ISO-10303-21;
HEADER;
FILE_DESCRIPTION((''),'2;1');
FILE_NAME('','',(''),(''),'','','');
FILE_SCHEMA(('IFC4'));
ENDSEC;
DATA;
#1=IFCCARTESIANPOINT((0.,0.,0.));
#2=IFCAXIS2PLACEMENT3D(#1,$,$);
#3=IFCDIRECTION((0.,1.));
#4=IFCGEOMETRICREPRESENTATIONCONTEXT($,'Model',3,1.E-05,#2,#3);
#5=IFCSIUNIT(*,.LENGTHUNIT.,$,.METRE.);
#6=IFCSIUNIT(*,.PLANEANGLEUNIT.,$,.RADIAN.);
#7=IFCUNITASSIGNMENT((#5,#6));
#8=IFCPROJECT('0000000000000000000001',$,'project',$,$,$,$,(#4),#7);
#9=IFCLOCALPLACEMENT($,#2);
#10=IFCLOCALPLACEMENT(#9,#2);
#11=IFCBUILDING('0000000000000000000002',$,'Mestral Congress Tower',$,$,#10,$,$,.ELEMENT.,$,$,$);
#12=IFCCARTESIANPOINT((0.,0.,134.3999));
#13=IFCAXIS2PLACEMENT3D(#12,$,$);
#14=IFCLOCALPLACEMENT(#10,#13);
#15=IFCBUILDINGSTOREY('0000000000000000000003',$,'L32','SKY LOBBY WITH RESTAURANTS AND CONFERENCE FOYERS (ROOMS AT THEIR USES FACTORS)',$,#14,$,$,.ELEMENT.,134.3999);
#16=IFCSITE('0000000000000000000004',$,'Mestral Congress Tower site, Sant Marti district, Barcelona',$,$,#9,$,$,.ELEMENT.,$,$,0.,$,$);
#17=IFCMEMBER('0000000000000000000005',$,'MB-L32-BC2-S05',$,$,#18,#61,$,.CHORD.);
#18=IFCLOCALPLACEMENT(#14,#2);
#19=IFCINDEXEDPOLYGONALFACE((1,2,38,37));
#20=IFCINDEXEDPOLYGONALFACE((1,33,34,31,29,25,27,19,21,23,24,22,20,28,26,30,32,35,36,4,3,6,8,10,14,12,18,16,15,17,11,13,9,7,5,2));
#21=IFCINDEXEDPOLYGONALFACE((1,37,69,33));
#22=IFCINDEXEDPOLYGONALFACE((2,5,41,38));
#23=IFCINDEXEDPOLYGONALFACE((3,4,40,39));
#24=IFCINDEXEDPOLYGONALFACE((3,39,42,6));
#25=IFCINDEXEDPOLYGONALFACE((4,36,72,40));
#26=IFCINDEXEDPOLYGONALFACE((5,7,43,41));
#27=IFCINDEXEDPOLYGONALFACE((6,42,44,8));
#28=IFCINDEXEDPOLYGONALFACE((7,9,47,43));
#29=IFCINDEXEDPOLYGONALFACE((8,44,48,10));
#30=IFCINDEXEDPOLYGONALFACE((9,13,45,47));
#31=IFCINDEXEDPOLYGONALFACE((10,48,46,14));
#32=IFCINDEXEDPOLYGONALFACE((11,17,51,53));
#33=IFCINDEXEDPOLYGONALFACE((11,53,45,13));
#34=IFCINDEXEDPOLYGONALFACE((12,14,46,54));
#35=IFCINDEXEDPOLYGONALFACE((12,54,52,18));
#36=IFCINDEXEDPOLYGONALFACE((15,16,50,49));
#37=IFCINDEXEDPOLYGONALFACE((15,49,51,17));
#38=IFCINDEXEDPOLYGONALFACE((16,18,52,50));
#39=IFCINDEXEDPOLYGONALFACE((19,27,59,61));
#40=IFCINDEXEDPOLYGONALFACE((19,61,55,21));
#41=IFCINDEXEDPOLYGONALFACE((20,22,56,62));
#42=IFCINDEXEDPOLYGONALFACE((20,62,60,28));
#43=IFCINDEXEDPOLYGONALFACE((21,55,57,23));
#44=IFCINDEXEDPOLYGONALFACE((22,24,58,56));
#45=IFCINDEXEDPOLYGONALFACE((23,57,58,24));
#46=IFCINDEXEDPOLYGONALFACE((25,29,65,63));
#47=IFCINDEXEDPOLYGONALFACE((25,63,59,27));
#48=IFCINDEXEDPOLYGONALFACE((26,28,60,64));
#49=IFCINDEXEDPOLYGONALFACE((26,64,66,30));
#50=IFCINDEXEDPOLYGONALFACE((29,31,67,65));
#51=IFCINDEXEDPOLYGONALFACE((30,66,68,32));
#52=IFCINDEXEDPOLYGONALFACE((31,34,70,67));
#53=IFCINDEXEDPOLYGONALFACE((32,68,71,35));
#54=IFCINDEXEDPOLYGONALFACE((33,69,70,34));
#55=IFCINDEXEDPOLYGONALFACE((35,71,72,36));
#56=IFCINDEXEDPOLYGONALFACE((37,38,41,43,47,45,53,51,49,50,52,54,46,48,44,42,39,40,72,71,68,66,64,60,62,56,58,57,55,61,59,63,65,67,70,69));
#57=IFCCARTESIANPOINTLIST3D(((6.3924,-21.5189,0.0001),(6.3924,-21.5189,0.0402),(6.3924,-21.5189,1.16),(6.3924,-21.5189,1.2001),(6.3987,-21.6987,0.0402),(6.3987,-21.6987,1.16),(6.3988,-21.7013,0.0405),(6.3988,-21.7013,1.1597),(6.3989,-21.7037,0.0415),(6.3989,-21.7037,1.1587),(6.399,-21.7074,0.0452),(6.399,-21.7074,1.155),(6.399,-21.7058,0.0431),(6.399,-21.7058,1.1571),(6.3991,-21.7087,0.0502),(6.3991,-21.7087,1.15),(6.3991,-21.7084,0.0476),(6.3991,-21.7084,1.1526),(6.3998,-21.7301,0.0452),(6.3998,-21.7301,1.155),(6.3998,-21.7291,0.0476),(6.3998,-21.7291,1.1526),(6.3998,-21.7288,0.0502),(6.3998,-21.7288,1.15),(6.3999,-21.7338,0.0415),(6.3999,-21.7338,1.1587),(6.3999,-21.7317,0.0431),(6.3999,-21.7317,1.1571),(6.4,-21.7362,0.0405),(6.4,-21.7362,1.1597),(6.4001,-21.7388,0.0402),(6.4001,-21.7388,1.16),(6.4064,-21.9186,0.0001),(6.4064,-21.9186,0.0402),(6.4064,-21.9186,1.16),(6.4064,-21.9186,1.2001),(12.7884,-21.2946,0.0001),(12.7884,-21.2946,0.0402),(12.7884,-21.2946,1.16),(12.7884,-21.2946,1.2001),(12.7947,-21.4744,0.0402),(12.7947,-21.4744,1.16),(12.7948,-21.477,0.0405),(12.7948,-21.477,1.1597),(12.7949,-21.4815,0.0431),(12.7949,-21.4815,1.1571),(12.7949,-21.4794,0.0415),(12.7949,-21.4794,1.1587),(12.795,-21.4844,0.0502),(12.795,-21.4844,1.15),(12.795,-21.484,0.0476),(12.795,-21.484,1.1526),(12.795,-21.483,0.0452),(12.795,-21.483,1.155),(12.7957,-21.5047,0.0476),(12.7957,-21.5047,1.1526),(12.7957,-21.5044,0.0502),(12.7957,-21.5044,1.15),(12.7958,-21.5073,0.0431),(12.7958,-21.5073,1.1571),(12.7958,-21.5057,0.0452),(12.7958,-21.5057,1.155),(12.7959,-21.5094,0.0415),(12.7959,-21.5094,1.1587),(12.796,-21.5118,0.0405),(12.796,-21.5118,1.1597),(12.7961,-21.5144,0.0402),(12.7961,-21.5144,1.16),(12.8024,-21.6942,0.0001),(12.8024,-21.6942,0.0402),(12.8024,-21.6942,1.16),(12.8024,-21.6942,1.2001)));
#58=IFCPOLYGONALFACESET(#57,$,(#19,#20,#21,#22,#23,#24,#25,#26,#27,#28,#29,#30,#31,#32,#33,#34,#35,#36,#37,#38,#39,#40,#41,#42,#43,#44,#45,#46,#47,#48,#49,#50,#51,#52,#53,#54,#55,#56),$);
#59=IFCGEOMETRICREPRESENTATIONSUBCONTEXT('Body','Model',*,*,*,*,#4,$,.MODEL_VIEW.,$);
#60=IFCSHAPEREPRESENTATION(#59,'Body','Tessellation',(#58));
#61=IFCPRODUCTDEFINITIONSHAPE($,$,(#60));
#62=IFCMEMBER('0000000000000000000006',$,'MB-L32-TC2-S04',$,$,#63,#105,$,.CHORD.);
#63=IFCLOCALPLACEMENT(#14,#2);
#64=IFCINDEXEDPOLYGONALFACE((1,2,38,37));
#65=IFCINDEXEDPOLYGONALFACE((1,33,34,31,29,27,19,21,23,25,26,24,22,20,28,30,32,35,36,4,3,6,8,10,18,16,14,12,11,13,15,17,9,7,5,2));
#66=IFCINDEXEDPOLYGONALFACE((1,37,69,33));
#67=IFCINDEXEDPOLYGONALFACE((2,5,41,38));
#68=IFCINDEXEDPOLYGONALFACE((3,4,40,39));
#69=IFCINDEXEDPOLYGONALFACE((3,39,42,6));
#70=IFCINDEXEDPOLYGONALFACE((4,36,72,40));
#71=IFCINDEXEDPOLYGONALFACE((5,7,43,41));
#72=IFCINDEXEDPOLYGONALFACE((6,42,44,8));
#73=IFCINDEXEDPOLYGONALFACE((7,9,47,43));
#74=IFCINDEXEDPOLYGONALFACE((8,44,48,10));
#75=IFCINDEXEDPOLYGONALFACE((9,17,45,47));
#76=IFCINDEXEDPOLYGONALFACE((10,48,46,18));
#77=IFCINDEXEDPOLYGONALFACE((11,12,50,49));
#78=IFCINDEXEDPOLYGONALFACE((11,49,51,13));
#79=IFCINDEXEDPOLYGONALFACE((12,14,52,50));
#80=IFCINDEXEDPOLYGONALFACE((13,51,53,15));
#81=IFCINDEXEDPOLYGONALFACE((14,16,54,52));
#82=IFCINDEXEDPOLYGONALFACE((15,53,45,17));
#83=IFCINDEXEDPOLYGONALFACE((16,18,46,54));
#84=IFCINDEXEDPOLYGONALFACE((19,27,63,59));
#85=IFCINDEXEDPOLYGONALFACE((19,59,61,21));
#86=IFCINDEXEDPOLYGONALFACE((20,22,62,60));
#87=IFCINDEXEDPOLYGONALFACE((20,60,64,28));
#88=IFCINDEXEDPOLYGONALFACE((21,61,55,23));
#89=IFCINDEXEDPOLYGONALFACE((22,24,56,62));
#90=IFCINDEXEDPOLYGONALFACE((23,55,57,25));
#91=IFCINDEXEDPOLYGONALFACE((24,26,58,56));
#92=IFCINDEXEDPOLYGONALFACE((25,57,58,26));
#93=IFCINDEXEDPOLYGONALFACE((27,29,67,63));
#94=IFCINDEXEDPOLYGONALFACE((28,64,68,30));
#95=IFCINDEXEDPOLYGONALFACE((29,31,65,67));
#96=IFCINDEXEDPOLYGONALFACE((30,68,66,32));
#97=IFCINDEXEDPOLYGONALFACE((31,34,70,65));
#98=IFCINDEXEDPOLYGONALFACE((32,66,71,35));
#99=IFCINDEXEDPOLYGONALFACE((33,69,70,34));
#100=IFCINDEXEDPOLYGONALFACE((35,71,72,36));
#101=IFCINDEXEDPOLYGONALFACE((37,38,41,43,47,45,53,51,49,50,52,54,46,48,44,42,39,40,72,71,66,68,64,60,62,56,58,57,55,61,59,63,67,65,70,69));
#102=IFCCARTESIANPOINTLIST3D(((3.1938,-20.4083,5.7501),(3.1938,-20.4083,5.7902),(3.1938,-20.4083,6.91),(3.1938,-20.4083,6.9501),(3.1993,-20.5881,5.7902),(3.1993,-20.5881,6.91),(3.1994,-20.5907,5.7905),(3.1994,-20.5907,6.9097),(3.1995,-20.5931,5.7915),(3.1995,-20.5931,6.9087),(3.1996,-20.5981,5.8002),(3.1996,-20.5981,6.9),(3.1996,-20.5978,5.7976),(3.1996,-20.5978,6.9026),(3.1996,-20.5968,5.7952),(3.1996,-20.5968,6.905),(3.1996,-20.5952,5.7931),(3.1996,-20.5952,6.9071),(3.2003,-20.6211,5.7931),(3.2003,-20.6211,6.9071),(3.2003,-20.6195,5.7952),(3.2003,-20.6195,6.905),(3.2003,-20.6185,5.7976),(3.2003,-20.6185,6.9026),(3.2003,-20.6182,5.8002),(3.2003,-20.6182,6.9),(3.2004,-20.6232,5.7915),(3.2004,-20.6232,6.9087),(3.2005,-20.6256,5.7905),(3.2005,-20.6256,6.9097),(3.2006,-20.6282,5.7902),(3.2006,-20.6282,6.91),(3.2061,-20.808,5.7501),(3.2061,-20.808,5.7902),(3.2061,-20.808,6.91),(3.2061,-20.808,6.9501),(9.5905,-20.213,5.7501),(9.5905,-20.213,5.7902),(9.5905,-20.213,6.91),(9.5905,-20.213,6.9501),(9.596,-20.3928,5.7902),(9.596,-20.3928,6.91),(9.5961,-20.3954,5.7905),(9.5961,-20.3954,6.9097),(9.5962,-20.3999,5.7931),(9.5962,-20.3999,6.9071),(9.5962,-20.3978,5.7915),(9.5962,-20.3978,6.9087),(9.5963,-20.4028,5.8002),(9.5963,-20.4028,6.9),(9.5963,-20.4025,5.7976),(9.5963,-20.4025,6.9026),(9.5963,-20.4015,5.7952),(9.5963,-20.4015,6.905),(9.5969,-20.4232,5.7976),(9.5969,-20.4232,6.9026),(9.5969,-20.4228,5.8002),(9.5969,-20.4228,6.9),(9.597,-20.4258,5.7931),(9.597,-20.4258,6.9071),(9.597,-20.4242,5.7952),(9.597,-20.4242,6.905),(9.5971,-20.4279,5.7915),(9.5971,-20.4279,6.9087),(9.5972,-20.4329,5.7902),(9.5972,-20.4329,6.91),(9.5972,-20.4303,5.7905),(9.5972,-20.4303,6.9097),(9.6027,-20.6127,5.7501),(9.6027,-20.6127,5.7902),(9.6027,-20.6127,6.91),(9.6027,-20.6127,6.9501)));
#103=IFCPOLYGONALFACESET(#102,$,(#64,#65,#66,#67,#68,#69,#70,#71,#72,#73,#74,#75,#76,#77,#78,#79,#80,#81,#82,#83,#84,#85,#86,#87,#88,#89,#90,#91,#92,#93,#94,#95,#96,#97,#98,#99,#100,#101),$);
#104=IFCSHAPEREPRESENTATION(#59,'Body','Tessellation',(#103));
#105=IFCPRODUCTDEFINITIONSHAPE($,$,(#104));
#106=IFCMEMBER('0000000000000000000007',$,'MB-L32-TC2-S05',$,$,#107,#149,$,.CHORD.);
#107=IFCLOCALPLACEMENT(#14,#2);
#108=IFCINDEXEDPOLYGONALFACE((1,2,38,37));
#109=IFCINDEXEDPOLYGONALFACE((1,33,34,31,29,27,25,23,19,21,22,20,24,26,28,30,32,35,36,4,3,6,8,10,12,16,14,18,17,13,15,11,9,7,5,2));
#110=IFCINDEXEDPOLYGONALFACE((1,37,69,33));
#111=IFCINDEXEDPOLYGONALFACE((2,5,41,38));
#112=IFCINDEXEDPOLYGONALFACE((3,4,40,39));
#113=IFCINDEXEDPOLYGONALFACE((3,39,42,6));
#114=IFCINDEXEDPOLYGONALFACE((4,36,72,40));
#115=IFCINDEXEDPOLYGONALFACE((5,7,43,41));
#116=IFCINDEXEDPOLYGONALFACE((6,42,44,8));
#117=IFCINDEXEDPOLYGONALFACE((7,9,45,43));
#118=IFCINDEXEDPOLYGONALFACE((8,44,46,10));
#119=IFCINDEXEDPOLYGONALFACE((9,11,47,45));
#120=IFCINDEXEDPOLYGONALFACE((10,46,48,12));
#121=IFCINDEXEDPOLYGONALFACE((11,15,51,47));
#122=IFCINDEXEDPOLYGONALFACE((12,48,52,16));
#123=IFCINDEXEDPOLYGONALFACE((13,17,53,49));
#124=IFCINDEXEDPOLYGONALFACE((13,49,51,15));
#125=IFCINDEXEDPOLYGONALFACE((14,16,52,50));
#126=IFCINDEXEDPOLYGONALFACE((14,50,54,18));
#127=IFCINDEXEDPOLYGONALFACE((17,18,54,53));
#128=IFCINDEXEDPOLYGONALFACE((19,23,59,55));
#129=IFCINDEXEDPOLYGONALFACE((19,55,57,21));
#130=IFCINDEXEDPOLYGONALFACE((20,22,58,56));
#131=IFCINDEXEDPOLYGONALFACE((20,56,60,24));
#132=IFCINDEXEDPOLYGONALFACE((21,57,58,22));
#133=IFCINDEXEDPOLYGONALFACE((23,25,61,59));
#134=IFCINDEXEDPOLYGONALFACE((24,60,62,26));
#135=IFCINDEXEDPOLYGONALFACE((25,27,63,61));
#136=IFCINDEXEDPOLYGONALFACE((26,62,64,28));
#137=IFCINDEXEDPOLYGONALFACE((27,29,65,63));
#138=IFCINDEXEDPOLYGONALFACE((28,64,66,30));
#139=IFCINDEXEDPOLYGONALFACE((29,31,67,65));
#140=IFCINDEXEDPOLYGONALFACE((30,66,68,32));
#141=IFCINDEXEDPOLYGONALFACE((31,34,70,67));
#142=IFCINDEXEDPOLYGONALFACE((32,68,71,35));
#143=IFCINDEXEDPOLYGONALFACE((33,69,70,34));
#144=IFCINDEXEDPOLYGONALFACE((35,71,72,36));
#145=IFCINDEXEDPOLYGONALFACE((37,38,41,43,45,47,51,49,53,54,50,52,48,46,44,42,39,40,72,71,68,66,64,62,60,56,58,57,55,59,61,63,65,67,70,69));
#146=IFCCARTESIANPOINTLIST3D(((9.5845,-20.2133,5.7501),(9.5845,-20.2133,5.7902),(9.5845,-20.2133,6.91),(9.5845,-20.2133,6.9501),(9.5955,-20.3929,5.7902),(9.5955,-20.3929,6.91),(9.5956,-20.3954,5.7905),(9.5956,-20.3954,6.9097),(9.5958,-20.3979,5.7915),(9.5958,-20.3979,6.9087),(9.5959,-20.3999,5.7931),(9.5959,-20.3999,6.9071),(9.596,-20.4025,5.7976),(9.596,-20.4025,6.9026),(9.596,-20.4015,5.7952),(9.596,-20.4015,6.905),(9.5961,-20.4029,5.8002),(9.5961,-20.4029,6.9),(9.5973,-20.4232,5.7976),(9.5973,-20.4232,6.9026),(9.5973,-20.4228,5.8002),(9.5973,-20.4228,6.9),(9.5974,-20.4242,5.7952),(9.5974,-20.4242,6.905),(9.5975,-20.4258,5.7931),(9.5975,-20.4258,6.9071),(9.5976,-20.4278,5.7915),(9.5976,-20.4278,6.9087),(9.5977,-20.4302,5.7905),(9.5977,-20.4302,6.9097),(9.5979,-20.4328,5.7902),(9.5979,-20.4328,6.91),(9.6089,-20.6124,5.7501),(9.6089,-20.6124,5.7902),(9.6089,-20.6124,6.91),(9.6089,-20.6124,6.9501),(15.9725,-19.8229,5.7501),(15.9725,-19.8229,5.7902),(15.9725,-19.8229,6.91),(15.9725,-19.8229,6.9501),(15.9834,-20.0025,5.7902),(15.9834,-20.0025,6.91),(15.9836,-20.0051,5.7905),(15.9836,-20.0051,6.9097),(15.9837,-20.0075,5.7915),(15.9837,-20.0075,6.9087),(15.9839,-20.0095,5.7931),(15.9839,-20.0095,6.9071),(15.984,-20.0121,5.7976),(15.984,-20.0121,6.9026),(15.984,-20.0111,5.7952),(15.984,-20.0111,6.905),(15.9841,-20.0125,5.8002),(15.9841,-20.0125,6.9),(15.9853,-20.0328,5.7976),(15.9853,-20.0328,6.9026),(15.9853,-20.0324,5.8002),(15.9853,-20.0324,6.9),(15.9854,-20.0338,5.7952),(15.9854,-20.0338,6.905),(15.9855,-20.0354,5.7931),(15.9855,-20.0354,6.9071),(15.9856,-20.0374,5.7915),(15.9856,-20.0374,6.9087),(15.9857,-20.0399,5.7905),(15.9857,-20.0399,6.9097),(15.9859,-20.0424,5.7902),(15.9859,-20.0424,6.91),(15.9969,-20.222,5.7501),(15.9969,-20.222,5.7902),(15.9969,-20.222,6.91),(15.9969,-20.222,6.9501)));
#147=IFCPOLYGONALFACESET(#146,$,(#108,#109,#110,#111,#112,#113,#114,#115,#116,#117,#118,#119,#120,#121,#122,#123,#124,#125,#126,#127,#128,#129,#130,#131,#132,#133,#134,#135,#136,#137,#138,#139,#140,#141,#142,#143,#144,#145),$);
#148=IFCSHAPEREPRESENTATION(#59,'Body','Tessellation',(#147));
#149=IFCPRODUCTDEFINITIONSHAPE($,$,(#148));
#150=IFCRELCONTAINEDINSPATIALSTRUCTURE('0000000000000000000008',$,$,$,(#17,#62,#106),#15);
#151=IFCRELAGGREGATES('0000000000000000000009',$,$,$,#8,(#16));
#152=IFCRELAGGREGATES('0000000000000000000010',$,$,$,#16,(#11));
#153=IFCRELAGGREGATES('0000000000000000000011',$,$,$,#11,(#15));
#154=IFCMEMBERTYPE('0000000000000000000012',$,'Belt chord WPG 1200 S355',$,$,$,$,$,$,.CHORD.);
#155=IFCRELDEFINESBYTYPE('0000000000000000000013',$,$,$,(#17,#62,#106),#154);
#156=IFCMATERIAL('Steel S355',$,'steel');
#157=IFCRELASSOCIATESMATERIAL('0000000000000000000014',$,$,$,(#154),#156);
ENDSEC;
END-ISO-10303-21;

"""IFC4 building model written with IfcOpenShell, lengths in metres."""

from ifc_helpers import new_model, si_unit, direction, frame, origin, origin_2d, place, context, subcontext, project, spatial, i_section, extrude, material, material_profile, profile_set, type_object, element, save


model = new_model("IFC4")

# Units and contexts
model_context = context("Model", 3, precision=1e-05, world=origin(), true_north=direction((0.0, 1.0)))
body_context = subcontext(model_context, "Body", "Model", "MODEL_VIEW")
ifc_project = project(units=[si_unit("LENGTHUNIT", "METRE"), si_unit("PLANEANGLEUNIT", "RADIAN")], contexts=[model_context])

# Site, building, storey
site_placement = place(None, origin())
site = spatial("IfcSite", under=ifc_project, at=site_placement, Name="Mestral Congress Tower site, Sant Marti district, Barcelona", CompositionType="ELEMENT", RefElevation=0.0)
building_placement = place(site_placement, origin())
building = spatial("IfcBuilding", under=site, at=building_placement, Name="Mestral Congress Tower", CompositionType="ELEMENT")
storey_placement = place(building_placement, frame((0.0, 0.0, 134.3999)))
storey = spatial("IfcBuildingStorey", under=building, at=storey_placement, Name="L32", Description="SKY LOBBY WITH RESTAURANTS AND CONFERENCE FOYERS (ROOMS AT THEIR USES FACTORS)", CompositionType="ELEMENT", Elevation=134.3999)

# Members
ifc_material_1 = material(Name="Steel S355", Category="steel")
ifc_material_profile_1 = material_profile(ifc_material_1, i_section(OverallWidth=0.3999, OverallDepth=1.2, WebThickness=0.02, FlangeThickness=0.04, FilletRadius=0.01, at=origin_2d()), Name="WPG 1200")
ifc_profile_set_1 = profile_set([ifc_material_profile_1], Name="Steel S355")
member_type_1 = type_object("IfcMemberType", Name="Belt chord WPG 1200 S355", PredefinedType="CHORD", material=ifc_profile_set_1)
member_1_placement = place(storey_placement, frame((6.3994, -21.7188, 0.6001), z_axis=(0.999385, 0.035057, 0.0), x_axis=(-0.035057, 0.999385, 0.0)))
element("IfcMember", 1, at=member_1_placement, inside=storey, type_object=member_type_1, Name="MB-L32-BC2-S05", PredefinedType="CHORD", context=body_context, shape_type="SweptSolid", body=[
    extrude(i_section(OverallWidth=0.3999, OverallDepth=1.2, WebThickness=0.02, FlangeThickness=0.04, FilletRadius=0.01, at=origin_2d()), origin(), (0.0, 0.0, 1.0), 6.3999),
])
member_2_placement = place(storey_placement, frame((3.2, -20.6082, 6.3501), z_axis=(0.999534, 0.030519, 0.0), x_axis=(-0.030519, 0.999534, 0.0)))
element("IfcMember", 2, at=member_2_placement, inside=storey, type_object=member_type_1, Name="MB-L32-TC2-S04", PredefinedType="CHORD", context=body_context, shape_type="SweptSolid", body=[
    extrude(i_section(OverallWidth=0.3999, OverallDepth=1.2, WebThickness=0.02, FlangeThickness=0.04, FilletRadius=0.01, at=origin_2d()), origin(), (0.0, 0.0, 1.0), 6.3997),
])
member_3_placement = place(storey_placement, frame((9.5967, -20.4128, 6.3501), z_axis=(0.998138, 0.060998, 0.0), x_axis=(-0.060998, 0.998138, 0.0)))
element("IfcMember", 3, at=member_3_placement, inside=storey, type_object=member_type_1, Name="MB-L32-TC2-S05", PredefinedType="CHORD", context=body_context, shape_type="SweptSolid", body=[
    extrude(i_section(OverallWidth=0.3999, OverallDepth=1.2, WebThickness=0.02, FlangeThickness=0.04, FilletRadius=0.01, at=origin_2d()), origin(), (0.0, 0.0, 1.0), 6.3999),
])

save(model, "model.ifc")
